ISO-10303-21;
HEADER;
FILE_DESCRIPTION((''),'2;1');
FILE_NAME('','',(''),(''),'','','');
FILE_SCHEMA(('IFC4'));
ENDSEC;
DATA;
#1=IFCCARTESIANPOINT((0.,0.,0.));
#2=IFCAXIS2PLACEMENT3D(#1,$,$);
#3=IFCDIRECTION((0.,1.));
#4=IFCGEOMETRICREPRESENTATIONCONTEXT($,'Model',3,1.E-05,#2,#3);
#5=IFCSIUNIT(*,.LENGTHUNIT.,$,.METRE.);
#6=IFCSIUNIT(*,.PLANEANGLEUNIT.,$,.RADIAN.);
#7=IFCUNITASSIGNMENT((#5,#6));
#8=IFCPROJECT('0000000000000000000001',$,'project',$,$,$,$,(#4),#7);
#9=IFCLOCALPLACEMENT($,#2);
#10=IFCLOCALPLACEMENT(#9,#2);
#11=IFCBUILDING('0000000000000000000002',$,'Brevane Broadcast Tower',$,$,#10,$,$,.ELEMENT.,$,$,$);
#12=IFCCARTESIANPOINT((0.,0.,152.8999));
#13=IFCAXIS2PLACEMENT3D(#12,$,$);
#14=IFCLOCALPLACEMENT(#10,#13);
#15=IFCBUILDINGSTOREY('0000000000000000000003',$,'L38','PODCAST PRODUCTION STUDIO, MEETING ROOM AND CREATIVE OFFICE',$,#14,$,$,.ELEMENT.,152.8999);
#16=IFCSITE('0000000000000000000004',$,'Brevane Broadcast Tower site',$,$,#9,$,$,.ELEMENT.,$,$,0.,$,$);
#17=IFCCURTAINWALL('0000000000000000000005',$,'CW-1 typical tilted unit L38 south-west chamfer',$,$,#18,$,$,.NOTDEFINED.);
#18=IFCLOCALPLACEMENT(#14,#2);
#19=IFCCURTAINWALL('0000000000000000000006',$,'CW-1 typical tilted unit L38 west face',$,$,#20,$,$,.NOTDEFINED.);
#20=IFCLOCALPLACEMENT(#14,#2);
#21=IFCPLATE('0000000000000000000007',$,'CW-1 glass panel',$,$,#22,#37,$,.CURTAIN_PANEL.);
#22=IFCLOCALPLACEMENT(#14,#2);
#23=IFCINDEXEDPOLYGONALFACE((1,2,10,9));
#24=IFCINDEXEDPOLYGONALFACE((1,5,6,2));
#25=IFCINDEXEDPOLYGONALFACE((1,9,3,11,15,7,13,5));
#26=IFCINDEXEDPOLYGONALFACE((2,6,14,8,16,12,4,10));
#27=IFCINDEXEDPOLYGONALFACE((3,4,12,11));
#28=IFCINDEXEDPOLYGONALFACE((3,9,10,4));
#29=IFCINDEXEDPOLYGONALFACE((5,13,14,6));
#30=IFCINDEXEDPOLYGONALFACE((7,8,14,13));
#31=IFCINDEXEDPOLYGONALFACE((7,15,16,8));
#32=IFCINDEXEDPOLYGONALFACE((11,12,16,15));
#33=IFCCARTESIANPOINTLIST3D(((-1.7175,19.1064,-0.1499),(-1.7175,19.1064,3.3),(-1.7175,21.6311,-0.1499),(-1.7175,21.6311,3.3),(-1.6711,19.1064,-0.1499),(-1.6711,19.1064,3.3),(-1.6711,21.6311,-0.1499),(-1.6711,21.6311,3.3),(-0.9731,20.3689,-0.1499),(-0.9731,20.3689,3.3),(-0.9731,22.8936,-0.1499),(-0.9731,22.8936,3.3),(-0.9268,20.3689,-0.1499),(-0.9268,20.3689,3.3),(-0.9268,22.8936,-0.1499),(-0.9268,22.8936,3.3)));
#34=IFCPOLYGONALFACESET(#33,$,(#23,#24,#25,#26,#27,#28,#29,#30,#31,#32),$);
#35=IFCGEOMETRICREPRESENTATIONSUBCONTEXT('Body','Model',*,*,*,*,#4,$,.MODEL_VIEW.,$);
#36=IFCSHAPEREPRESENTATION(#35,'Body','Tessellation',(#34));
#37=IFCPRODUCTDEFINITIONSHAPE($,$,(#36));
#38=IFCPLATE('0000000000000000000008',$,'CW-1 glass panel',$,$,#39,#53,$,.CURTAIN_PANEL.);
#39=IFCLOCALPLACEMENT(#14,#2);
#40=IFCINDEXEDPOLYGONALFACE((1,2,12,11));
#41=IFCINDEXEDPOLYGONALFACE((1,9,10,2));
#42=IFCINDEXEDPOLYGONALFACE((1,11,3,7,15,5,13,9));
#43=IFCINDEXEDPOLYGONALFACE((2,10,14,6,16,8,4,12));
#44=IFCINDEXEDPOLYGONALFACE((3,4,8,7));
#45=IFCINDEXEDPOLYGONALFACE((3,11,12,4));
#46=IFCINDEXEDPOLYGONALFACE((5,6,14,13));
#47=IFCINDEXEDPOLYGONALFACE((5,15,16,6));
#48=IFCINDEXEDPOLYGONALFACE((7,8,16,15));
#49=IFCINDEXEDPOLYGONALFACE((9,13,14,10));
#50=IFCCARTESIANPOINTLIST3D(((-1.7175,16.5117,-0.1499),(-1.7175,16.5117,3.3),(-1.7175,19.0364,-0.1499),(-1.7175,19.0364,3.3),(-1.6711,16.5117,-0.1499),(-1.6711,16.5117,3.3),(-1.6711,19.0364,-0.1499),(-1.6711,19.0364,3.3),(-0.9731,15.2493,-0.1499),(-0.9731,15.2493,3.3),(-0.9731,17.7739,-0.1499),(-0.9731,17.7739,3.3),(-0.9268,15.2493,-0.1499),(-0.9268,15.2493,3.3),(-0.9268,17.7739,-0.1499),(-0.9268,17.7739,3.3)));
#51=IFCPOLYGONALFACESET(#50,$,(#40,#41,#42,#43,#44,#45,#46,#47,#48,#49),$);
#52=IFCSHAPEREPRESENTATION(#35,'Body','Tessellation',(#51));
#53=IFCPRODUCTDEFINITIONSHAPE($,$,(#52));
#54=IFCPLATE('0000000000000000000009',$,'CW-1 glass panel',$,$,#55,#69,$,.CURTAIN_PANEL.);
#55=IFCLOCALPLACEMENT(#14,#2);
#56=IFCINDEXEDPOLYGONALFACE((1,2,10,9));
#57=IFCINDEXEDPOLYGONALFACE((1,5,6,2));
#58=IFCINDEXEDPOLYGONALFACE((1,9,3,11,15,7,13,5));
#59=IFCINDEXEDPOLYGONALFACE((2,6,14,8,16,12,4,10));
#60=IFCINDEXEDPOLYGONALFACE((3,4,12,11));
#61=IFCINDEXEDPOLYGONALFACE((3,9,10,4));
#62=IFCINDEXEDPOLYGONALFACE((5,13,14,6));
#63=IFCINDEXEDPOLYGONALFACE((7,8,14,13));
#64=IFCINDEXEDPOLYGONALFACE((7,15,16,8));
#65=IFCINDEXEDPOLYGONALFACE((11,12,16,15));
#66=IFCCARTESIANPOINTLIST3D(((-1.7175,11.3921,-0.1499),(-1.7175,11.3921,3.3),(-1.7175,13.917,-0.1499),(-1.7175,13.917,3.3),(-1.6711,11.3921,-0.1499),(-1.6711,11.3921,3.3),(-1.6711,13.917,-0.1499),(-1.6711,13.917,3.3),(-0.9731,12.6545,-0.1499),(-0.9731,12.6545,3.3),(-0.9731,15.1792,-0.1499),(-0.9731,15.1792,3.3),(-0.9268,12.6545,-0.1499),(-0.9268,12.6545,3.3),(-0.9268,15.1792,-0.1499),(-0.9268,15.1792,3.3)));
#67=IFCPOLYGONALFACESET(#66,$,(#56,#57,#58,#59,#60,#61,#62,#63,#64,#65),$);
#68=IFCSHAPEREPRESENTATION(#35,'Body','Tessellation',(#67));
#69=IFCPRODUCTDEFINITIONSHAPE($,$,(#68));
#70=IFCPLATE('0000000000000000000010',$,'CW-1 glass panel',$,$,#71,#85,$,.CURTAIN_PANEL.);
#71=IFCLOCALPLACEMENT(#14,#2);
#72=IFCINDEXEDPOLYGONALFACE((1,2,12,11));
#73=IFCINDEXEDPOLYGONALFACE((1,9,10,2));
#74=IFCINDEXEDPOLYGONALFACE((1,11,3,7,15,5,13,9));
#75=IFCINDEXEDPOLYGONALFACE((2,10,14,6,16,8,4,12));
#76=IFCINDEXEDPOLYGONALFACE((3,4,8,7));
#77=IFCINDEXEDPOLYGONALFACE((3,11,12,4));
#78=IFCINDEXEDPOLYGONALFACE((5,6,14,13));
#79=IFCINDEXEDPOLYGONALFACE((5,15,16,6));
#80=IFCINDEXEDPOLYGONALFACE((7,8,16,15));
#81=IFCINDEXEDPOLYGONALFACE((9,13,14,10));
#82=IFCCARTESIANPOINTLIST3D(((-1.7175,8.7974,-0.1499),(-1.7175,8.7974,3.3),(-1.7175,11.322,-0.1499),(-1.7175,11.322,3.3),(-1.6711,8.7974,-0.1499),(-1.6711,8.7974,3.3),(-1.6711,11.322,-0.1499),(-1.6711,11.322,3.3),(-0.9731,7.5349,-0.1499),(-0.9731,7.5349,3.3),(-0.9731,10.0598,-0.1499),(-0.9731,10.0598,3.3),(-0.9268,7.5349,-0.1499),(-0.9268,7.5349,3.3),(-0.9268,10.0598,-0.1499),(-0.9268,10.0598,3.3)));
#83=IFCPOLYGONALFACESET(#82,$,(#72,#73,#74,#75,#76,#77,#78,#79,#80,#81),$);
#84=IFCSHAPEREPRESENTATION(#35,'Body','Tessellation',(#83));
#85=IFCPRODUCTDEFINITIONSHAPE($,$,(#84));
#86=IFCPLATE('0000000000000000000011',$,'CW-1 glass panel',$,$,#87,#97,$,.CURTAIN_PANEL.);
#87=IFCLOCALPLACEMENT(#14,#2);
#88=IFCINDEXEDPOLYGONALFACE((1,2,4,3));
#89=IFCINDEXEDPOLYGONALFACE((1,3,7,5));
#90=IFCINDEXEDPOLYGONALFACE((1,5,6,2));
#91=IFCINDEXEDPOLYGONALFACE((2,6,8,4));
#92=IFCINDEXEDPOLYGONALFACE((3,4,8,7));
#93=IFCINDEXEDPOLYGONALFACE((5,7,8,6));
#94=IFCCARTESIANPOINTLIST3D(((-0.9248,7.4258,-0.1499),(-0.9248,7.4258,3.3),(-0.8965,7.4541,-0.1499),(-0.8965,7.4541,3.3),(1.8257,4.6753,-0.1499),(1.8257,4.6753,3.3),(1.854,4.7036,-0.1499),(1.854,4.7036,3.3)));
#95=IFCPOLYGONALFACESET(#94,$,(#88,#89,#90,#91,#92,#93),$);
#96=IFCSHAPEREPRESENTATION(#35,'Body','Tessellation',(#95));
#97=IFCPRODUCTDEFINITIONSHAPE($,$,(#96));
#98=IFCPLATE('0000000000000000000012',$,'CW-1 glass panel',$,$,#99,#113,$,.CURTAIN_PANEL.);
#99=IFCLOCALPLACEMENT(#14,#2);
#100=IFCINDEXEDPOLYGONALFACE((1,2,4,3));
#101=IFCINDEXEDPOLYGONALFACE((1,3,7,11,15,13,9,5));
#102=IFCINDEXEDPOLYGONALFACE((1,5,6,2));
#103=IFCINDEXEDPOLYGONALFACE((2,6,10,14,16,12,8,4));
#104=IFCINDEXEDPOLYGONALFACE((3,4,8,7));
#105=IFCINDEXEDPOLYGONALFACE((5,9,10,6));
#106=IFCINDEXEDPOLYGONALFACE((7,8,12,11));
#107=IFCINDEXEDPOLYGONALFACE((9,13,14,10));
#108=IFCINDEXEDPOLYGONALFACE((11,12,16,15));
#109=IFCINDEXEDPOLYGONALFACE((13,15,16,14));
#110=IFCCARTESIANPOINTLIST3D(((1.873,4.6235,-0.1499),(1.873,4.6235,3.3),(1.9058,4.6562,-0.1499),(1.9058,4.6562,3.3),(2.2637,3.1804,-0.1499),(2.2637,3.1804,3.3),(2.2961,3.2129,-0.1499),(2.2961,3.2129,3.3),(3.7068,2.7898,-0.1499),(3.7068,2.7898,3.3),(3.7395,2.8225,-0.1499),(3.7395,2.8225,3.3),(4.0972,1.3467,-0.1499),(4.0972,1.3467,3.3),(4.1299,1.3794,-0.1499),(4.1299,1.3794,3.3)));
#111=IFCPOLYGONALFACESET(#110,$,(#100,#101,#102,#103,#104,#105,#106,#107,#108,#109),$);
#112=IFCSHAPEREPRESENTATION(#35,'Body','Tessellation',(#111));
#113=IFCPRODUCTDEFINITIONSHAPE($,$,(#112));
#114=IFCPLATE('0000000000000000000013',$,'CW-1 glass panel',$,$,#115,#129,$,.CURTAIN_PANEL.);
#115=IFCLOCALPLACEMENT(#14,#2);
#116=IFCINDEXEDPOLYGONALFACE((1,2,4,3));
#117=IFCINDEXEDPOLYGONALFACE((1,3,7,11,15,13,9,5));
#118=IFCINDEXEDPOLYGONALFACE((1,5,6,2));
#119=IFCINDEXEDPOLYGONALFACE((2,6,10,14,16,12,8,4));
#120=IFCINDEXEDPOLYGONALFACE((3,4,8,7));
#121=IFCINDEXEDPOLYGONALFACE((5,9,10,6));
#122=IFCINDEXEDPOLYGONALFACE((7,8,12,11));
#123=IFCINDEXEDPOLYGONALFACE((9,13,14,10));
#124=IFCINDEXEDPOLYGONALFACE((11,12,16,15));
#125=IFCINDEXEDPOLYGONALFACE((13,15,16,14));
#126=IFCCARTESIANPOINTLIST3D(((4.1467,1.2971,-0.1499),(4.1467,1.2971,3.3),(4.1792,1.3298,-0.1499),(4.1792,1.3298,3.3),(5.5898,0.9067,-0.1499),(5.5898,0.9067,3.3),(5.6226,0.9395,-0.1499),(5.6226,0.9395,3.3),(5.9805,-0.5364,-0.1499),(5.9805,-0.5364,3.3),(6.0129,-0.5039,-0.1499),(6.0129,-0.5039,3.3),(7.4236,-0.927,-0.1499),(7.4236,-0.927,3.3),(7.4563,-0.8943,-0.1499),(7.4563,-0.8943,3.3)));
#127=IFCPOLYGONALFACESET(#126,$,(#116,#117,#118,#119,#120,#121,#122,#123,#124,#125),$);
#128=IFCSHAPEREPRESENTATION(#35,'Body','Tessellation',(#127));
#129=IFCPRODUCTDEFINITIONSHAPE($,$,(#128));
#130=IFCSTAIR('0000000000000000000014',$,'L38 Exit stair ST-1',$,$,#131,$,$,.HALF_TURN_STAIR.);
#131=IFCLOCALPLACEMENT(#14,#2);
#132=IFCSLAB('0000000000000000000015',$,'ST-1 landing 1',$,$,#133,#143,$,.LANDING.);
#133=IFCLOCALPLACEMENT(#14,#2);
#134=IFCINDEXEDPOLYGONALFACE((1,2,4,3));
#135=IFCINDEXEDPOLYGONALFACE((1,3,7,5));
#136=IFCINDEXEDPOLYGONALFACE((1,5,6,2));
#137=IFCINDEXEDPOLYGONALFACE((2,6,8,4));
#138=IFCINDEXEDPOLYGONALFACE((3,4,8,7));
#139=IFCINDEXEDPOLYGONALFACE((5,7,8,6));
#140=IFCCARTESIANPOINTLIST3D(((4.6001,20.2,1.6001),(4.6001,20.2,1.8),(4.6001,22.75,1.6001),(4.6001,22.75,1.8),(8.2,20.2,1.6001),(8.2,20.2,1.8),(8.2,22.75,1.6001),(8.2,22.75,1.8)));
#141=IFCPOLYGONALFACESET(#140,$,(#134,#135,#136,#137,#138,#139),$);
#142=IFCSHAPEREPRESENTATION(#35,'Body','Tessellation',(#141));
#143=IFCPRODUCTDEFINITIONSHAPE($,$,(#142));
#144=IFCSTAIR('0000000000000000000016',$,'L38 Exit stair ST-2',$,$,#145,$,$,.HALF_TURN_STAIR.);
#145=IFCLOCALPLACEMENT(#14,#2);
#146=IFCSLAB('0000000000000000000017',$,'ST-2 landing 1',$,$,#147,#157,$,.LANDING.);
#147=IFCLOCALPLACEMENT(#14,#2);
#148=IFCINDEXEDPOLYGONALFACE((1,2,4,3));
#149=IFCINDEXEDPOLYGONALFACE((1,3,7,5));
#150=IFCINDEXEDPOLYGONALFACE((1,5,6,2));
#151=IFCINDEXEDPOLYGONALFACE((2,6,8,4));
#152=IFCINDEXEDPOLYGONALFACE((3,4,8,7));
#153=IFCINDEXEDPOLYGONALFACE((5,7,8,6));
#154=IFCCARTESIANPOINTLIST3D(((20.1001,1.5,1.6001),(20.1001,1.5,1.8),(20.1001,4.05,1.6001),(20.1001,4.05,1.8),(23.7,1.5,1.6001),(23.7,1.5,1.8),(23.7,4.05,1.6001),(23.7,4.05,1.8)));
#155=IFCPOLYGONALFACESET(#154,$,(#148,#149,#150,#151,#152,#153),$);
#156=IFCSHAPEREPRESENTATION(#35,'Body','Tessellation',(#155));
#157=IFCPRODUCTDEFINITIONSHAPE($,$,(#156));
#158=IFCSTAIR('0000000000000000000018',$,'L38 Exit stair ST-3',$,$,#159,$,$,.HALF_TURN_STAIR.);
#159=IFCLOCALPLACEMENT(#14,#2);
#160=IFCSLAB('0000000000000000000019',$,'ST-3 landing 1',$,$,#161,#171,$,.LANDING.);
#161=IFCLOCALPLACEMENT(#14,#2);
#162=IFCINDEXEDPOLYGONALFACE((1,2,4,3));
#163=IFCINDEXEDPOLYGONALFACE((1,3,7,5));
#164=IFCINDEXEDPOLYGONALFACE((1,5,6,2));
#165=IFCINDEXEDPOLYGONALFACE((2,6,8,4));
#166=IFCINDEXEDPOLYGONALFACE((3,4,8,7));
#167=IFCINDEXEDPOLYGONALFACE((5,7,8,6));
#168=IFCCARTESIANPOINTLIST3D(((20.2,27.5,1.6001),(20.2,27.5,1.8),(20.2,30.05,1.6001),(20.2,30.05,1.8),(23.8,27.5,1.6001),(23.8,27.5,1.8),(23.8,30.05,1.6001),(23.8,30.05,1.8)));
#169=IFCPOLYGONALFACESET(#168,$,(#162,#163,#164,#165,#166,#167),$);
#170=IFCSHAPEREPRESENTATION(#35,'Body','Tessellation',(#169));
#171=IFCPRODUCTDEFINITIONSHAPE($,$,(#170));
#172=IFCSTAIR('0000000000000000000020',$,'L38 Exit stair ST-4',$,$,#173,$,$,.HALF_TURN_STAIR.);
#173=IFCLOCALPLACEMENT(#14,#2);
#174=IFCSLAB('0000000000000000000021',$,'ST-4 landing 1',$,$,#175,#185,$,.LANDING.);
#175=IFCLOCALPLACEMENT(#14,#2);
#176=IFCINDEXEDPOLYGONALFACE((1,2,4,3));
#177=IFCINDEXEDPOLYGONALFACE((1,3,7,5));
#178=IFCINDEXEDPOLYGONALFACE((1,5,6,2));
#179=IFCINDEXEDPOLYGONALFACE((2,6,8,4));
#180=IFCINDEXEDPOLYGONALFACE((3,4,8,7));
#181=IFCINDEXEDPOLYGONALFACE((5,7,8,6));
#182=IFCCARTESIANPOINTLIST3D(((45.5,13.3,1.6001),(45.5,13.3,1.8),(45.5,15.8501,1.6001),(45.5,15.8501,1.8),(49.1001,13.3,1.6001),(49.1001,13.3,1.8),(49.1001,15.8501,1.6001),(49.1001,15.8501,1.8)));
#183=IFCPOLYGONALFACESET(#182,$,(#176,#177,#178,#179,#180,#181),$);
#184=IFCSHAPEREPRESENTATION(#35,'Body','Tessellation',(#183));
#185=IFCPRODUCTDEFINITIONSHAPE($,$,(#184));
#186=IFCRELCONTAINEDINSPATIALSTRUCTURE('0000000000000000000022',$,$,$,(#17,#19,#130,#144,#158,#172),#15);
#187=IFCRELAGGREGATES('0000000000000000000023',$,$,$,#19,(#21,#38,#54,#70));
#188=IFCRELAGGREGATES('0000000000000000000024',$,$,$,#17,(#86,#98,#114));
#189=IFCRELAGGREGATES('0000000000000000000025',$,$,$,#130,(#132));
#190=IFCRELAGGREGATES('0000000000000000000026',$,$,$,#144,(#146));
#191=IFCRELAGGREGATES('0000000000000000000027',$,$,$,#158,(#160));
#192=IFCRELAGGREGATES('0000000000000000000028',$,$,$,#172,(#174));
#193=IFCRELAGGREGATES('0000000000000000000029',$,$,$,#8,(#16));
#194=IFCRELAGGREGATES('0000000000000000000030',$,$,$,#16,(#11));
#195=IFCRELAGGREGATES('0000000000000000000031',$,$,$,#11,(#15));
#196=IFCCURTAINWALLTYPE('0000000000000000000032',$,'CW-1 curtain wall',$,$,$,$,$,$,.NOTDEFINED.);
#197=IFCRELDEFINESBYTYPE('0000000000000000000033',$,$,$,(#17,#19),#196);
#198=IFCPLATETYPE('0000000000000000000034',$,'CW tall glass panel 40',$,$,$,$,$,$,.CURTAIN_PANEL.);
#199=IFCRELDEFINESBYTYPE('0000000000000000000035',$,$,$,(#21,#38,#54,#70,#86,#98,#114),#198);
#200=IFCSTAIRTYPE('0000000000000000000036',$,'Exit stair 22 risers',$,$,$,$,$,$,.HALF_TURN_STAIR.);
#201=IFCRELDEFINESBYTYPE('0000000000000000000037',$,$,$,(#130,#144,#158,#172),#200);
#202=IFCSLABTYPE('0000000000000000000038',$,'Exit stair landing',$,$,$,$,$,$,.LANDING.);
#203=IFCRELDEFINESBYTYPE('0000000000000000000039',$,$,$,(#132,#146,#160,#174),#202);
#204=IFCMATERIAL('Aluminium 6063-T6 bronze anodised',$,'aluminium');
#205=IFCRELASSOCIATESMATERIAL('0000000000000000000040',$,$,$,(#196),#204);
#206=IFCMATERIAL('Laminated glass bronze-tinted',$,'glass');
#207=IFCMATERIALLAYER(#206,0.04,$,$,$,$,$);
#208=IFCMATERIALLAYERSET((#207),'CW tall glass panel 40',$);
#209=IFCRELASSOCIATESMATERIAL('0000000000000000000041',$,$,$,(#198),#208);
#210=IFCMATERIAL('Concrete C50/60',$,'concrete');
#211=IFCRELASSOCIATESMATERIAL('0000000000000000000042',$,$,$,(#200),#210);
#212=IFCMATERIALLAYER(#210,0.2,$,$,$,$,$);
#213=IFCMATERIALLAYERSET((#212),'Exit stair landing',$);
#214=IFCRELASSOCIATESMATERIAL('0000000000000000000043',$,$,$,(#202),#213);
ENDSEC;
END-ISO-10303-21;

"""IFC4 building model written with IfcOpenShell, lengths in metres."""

from ifc_helpers import new_model, si_unit, direction, frame, origin, place, context, subcontext, project, spatial, polyline, outline, extrude, material, layer, layer_set, type_object, element, aggregate, save


model = new_model("IFC4")

# Units and contexts
model_context = context("Model", 3, precision=1e-05, world=origin(), true_north=direction((0.0, 1.0)))
body_context = subcontext(model_context, "Body", "Model", "MODEL_VIEW")
ifc_project = project(units=[si_unit("LENGTHUNIT", "METRE"), si_unit("PLANEANGLEUNIT", "RADIAN")], contexts=[model_context])

# Site, building, storey
site_placement = place(None, origin())
site = spatial("IfcSite", under=ifc_project, at=site_placement, Name="Brevane Broadcast Tower site", CompositionType="ELEMENT", RefElevation=0.0)
building_placement = place(site_placement, origin())
building = spatial("IfcBuilding", under=site, at=building_placement, Name="Brevane Broadcast Tower", CompositionType="ELEMENT")
storey_placement = place(building_placement, frame((0.0, 0.0, 152.8999)))
storey = spatial("IfcBuildingStorey", under=building, at=storey_placement, Name="L38", Description="PODCAST PRODUCTION STUDIO, MEETING ROOM AND CREATIVE OFFICE", CompositionType="ELEMENT", Elevation=152.8999)

# Curtain wall
ifc_material_1 = material(Name="Aluminium 6063-T6 bronze anodised", Category="aluminium")
curtain_wall_type = type_object("IfcCurtainWallType", Name="CW-1 curtain wall", PredefinedType="NOTDEFINED", material=ifc_material_1)
curtain_wall_1_placement = place(storey_placement, origin())
curtain_wall_1 = element("IfcCurtainWall", 1, at=curtain_wall_1_placement, inside=storey, type_object=curtain_wall_type, Name="CW-1 typical tilted unit L38 south-west chamfer", PredefinedType="NOTDEFINED")

# Shared definitions
ifc_material_2 = material(Name="Laminated glass bronze-tinted", Category="glass")
ifc_layer_1 = layer(ifc_material_2, 0.04)
ifc_layer_set_1 = layer_set([ifc_layer_1], Name="CW tall glass panel 40")
plate_type = type_object("IfcPlateType", Name="CW tall glass panel 40", PredefinedType="CURTAIN_PANEL", material=ifc_layer_set_1)

# Curtain wall, plates
curtain_wall_2_placement = place(storey_placement, origin())
curtain_wall_2 = element("IfcCurtainWall", 2, at=curtain_wall_2_placement, inside=storey, type_object=curtain_wall_type, Name="CW-1 typical tilted unit L38 west face", PredefinedType="NOTDEFINED")
plate_1_placement = place(storey_placement, frame((0.0, 0.0, -0.1499)))
plate_1 = element("IfcPlate", 3, at=plate_1_placement, type_object=plate_type, Name="CW-1 glass panel", PredefinedType="CURTAIN_PANEL", context=body_context, shape_type="SweptSolid", body=[
    extrude(outline(polyline([(-0.9268, 22.8936), (-0.9731, 22.8936), (-1.7175, 21.6311), (-0.9731, 20.3689), (-1.7175, 19.1064), (-1.6711, 19.1064), (-0.9268, 20.3689), (-1.6711, 21.6311), (-0.9268, 22.8936)])), origin(), (0.0, 0.0, 1.0), 3.45),
])
plate_2_placement = place(storey_placement, frame((0.0, 0.0, -0.1499)))
plate_2 = element("IfcPlate", 4, at=plate_2_placement, type_object=plate_type, Name="CW-1 glass panel", PredefinedType="CURTAIN_PANEL", context=body_context, shape_type="SweptSolid", body=[
    extrude(outline(polyline([(-1.6711, 19.0364), (-1.7175, 19.0364), (-0.9731, 17.7739), (-1.7175, 16.5117), (-0.9731, 15.2493), (-0.9268, 15.2493), (-1.6711, 16.5117), (-0.9268, 17.7739), (-1.6711, 19.0364)])), origin(), (0.0, 0.0, 1.0), 3.45),
])
plate_3_placement = place(storey_placement, frame((0.0, 0.0, -0.1499)))
plate_3 = element("IfcPlate", 5, at=plate_3_placement, type_object=plate_type, Name="CW-1 glass panel", PredefinedType="CURTAIN_PANEL", context=body_context, shape_type="SweptSolid", body=[
    extrude(outline(polyline([(-0.9268, 15.1792), (-0.9731, 15.1792), (-1.7175, 13.917), (-0.9731, 12.6545), (-1.7175, 11.3921), (-1.6711, 11.3921), (-0.9268, 12.6545), (-1.6711, 13.917), (-0.9268, 15.1792)])), origin(), (0.0, 0.0, 1.0), 3.45),
])
plate_4_placement = place(storey_placement, frame((0.0, 0.0, -0.1499)))
plate_4 = element("IfcPlate", 6, at=plate_4_placement, type_object=plate_type, Name="CW-1 glass panel", PredefinedType="CURTAIN_PANEL", context=body_context, shape_type="SweptSolid", body=[
    extrude(outline(polyline([(-1.6711, 11.322), (-1.7175, 11.322), (-0.9731, 10.0598), (-1.7175, 8.7974), (-0.9731, 7.5349), (-0.9268, 7.5349), (-1.6711, 8.7974), (-0.9268, 10.0598), (-1.6711, 11.322)])), origin(), (0.0, 0.0, 1.0), 3.45),
])
aggregate(curtain_wall_2, [plate_1, plate_2, plate_3, plate_4])

# Plates
plate_5_placement = place(storey_placement, frame((0.0, 0.0, -0.1499)))
plate_5 = element("IfcPlate", 7, at=plate_5_placement, type_object=plate_type, Name="CW-1 glass panel", PredefinedType="CURTAIN_PANEL", context=body_context, shape_type="SweptSolid", body=[
    extrude(outline(polyline([(-0.8965, 7.4541), (1.854, 4.7036), (1.8257, 4.6753), (-0.9248, 7.4258), (-0.8965, 7.4541)])), origin(), (0.0, 0.0, 1.0), 3.45),
])
plate_6_placement = place(storey_placement, frame((0.0, 0.0, -0.1499)))
plate_6 = element("IfcPlate", 8, at=plate_6_placement, type_object=plate_type, Name="CW-1 glass panel", PredefinedType="CURTAIN_PANEL", context=body_context, shape_type="SweptSolid", body=[
    extrude(outline(polyline([(1.9058, 4.6562), (1.873, 4.6235), (2.2637, 3.1804), (3.7068, 2.7898), (4.0972, 1.3467), (4.1299, 1.3794), (3.7395, 2.8225), (2.2961, 3.2129), (1.9058, 4.6562)])), origin(), (0.0, 0.0, 1.0), 3.45),
])
plate_7_placement = place(storey_placement, frame((0.0, 0.0, -0.1499)))
plate_7 = element("IfcPlate", 9, at=plate_7_placement, type_object=plate_type, Name="CW-1 glass panel", PredefinedType="CURTAIN_PANEL", context=body_context, shape_type="SweptSolid", body=[
    extrude(outline(polyline([(4.1792, 1.3298), (4.1467, 1.2971), (5.5898, 0.9067), (5.9805, -0.5364), (7.4236, -0.927), (7.4563, -0.8943), (6.0129, -0.5039), (5.6226, 0.9395), (4.1792, 1.3298)])), origin(), (0.0, 0.0, 1.0), 3.45),
])
aggregate(curtain_wall_1, [plate_5, plate_6, plate_7])

# Stairs, slabs
ifc_material_3 = material(Name="Concrete C50/60", Category="concrete")
stair_type = type_object("IfcStairType", Name="Exit stair 22 risers", PredefinedType="HALF_TURN_STAIR", material=ifc_material_3)
stair_1_placement = place(storey_placement, origin())
stair_1 = element("IfcStair", 10, at=stair_1_placement, inside=storey, type_object=stair_type, Name="L38 Exit stair ST-1", PredefinedType="HALF_TURN_STAIR")
ifc_layer_2 = layer(ifc_material_3, 0.2)
ifc_layer_set_2 = layer_set([ifc_layer_2], Name="Exit stair landing")
slab_type_1 = type_object("IfcSlabType", Name="Exit stair landing", PredefinedType="LANDING", material=ifc_layer_set_2)
slab_1_placement = place(storey_placement, frame((0.0, 0.0, 1.6001)))
slab_1 = element("IfcSlab", 11, at=slab_1_placement, type_object=slab_type_1, Name="ST-1 landing 1", PredefinedType="LANDING", context=body_context, shape_type="SweptSolid", body=[
    extrude(outline(polyline([(4.6001, 20.2), (8.2, 20.2), (8.2, 22.75), (4.6001, 22.75), (4.6001, 20.2)])), origin(), (0.0, 0.0, 1.0), 0.2),
])
aggregate(stair_1, [slab_1])
stair_2_placement = place(storey_placement, origin())
stair_2 = element("IfcStair", 12, at=stair_2_placement, inside=storey, type_object=stair_type, Name="L38 Exit stair ST-2", PredefinedType="HALF_TURN_STAIR")
slab_2_placement = place(storey_placement, frame((0.0, 0.0, 1.6001)))
slab_2 = element("IfcSlab", 13, at=slab_2_placement, type_object=slab_type_1, Name="ST-2 landing 1", PredefinedType="LANDING", context=body_context, shape_type="SweptSolid", body=[
    extrude(outline(polyline([(20.1001, 1.5), (23.7, 1.5), (23.7, 4.05), (20.1001, 4.05), (20.1001, 1.5)])), origin(), (0.0, 0.0, 1.0), 0.2),
])
aggregate(stair_2, [slab_2])
stair_3_placement = place(storey_placement, origin())
stair_3 = element("IfcStair", 14, at=stair_3_placement, inside=storey, type_object=stair_type, Name="L38 Exit stair ST-3", PredefinedType="HALF_TURN_STAIR")
slab_3_placement = place(storey_placement, frame((0.0, 0.0, 1.6001)))
slab_3 = element("IfcSlab", 15, at=slab_3_placement, type_object=slab_type_1, Name="ST-3 landing 1", PredefinedType="LANDING", context=body_context, shape_type="SweptSolid", body=[
    extrude(outline(polyline([(20.2, 27.5), (23.8, 27.5), (23.8, 30.05), (20.2, 30.05), (20.2, 27.5)])), origin(), (0.0, 0.0, 1.0), 0.2),
])
aggregate(stair_3, [slab_3])
stair_4_placement = place(storey_placement, origin())
stair_4 = element("IfcStair", 16, at=stair_4_placement, inside=storey, type_object=stair_type, Name="L38 Exit stair ST-4", PredefinedType="HALF_TURN_STAIR")
slab_4_placement = place(storey_placement, frame((0.0, 0.0, 1.6001)))
slab_4 = element("IfcSlab", 17, at=slab_4_placement, type_object=slab_type_1, Name="ST-4 landing 1", PredefinedType="LANDING", context=body_context, shape_type="SweptSolid", body=[
    extrude(outline(polyline([(45.5, 13.3), (49.1001, 13.3), (49.1001, 15.8501), (45.5, 15.8501), (45.5, 13.3)])), origin(), (0.0, 0.0, 1.0), 0.2),
])
aggregate(stair_4, [slab_4])

save(model, "model.ifc")
